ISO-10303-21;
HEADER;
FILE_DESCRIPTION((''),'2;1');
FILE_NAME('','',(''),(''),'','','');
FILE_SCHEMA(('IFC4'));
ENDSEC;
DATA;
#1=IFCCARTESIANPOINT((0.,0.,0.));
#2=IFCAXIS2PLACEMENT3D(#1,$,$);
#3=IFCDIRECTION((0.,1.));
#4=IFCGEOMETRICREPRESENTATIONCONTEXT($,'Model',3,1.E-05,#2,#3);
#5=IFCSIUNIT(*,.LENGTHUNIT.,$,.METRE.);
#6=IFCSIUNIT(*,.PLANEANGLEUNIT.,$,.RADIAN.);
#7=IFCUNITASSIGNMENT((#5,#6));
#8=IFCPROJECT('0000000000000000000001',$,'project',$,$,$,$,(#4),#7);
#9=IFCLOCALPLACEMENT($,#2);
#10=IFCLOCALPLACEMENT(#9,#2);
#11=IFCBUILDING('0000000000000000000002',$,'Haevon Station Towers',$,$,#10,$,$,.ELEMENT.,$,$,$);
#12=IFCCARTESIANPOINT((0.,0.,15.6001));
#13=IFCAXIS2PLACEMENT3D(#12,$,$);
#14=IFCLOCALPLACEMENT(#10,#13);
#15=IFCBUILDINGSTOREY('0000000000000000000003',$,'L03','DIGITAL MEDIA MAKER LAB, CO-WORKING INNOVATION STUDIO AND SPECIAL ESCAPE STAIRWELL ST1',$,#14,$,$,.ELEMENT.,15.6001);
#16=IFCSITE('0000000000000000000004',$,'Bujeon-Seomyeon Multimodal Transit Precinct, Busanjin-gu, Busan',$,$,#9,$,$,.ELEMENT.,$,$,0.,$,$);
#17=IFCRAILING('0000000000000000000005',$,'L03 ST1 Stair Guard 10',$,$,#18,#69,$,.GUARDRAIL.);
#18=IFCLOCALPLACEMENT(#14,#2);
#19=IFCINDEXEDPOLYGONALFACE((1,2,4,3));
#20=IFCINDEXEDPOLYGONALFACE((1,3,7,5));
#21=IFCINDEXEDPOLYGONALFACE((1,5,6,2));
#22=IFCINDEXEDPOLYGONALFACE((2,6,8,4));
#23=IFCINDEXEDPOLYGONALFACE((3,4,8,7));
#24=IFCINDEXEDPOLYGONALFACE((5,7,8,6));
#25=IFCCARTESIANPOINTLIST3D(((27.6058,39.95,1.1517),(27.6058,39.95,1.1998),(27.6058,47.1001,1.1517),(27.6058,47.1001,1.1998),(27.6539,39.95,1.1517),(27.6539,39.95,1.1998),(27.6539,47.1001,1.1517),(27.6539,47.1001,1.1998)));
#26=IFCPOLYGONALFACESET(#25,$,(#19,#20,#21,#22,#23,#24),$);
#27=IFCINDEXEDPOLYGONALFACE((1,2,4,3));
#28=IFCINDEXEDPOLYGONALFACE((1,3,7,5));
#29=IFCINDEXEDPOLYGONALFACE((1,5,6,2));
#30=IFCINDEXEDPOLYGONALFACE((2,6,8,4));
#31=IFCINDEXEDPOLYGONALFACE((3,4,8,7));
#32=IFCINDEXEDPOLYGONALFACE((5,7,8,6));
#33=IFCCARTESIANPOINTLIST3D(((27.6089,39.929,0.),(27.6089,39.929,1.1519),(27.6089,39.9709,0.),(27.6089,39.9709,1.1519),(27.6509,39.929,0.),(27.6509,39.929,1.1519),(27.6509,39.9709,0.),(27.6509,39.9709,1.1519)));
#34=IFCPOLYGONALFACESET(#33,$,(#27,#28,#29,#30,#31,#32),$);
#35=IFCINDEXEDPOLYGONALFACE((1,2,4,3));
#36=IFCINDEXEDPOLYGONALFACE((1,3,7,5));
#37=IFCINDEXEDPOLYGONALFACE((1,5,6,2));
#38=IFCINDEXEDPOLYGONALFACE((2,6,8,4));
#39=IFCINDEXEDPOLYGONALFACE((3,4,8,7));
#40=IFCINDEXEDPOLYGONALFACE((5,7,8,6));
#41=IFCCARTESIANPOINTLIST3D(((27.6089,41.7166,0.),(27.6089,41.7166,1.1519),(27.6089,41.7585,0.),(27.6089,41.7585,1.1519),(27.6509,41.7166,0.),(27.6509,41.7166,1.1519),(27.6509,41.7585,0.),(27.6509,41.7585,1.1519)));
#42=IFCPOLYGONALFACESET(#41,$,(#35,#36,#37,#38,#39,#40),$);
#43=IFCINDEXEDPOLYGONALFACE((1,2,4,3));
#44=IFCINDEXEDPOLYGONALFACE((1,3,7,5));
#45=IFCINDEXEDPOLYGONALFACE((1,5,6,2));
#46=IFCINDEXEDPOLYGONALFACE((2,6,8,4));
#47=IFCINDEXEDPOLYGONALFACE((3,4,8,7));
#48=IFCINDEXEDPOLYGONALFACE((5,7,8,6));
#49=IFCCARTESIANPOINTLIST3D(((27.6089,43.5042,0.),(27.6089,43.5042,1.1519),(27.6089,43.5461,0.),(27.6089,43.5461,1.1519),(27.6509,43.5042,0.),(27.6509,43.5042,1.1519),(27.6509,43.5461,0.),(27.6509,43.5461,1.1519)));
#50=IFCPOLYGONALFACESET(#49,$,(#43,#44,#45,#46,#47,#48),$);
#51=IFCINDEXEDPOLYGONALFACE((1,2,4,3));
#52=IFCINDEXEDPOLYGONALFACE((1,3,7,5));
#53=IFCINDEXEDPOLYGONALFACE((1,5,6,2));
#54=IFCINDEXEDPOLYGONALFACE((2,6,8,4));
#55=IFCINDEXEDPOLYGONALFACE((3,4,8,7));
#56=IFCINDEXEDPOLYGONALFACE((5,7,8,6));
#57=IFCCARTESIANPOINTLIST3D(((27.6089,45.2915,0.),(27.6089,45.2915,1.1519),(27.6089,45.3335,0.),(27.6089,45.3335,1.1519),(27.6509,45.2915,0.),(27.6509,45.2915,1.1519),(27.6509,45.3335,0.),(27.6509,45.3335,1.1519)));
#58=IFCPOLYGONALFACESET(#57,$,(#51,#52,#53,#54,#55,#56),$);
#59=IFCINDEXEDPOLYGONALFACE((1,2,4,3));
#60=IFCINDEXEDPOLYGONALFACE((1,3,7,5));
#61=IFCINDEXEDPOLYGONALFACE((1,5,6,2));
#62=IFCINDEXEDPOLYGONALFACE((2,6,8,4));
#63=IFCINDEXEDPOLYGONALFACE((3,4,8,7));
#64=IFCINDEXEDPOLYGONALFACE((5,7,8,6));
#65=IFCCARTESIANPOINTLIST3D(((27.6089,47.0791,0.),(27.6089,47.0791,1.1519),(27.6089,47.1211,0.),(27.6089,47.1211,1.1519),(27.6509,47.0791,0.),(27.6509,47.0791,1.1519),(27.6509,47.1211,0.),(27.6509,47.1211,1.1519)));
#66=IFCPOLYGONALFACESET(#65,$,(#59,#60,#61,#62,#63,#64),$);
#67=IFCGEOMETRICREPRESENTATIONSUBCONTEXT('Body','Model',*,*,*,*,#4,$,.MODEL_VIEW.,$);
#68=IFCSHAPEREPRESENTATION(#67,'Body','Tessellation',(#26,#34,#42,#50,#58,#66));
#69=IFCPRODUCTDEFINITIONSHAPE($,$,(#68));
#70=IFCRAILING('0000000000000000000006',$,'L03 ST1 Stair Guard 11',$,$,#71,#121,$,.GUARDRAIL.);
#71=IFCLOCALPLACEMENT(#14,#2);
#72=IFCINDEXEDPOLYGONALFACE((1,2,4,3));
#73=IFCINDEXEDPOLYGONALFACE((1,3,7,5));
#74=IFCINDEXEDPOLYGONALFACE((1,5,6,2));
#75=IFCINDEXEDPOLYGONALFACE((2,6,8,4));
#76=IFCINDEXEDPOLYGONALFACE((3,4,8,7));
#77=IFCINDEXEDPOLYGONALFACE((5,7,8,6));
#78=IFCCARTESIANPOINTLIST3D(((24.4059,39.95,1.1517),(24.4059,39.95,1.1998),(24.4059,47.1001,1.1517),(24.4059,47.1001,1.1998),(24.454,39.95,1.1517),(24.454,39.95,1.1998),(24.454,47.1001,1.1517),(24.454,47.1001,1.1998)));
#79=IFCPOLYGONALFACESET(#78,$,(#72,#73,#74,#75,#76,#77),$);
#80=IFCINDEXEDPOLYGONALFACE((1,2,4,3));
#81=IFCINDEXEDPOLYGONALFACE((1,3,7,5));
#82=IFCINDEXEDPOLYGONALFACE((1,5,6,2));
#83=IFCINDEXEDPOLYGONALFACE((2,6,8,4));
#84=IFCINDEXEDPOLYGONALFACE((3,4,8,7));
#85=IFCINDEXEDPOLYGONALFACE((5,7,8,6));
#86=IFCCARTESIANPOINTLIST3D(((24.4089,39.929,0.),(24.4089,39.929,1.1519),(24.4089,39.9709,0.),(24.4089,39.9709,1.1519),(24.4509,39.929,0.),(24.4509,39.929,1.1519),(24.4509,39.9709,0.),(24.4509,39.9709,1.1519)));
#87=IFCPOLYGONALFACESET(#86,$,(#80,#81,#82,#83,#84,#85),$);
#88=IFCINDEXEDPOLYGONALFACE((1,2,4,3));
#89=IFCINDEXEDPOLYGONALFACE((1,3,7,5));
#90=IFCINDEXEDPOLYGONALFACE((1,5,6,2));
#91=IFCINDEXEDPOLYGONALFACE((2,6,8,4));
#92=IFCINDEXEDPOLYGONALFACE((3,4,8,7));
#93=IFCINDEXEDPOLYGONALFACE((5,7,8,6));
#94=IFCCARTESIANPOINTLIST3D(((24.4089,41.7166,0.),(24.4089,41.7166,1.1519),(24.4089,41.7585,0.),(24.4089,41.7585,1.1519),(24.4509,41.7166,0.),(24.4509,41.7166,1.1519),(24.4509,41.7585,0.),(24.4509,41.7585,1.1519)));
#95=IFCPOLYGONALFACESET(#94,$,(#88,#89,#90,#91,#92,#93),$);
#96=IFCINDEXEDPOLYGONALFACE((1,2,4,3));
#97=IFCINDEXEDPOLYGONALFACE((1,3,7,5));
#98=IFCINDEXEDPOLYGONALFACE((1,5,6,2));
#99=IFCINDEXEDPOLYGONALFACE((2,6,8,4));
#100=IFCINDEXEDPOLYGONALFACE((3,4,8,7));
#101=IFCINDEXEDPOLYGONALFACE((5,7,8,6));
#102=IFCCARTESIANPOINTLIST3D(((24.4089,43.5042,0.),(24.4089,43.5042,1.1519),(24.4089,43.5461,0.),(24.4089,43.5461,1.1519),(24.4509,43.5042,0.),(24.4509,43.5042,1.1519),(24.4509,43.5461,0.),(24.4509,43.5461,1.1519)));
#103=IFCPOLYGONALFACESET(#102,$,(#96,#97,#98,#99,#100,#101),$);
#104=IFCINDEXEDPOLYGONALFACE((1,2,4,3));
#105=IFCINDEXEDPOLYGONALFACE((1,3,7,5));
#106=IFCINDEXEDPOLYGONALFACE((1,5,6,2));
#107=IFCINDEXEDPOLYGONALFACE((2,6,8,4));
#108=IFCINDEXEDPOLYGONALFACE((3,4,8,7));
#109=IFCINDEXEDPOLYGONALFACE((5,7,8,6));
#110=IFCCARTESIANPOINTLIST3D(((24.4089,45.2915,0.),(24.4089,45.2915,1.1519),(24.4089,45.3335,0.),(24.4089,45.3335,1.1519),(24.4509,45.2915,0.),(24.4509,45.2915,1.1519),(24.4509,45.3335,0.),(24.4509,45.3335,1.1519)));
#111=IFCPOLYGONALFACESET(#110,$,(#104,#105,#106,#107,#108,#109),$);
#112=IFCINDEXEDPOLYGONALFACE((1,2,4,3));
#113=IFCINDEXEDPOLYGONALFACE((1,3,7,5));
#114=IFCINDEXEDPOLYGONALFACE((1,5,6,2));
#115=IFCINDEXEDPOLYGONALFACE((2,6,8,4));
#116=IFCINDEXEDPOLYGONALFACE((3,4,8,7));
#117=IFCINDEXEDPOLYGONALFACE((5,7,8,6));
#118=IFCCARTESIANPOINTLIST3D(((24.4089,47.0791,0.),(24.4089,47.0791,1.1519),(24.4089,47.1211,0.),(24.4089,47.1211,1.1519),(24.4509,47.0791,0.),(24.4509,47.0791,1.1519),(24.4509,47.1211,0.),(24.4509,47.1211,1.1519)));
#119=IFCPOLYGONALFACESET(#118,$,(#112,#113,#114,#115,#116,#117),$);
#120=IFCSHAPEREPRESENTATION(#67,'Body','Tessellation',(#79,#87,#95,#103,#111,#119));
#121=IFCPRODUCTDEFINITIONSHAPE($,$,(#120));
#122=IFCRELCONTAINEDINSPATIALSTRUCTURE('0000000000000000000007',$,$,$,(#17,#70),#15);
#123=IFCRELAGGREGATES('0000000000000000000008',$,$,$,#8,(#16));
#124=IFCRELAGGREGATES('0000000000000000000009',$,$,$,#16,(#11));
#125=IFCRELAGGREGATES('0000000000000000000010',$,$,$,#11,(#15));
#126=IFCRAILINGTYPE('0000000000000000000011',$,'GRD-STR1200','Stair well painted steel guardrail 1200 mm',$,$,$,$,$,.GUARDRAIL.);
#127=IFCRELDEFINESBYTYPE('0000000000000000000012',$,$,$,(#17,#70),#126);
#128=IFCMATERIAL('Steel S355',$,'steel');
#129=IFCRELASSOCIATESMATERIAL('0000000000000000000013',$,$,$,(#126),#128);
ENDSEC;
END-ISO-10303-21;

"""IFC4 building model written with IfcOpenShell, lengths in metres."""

from ifc_helpers import new_model, si_unit, direction, frame, origin, origin_2d, place, context, subcontext, project, spatial, rectangle, extrude, material, type_object, element, save


model = new_model("IFC4")

# Units and contexts
model_context = context("Model", 3, precision=1e-05, world=origin(), true_north=direction((0.0, 1.0)))
body_context = subcontext(model_context, "Body", "Model", "MODEL_VIEW")
ifc_project = project(units=[si_unit("LENGTHUNIT", "METRE"), si_unit("PLANEANGLEUNIT", "RADIAN")], contexts=[model_context])

# Site, building, storey
site_placement = place(None, origin())
site = spatial("IfcSite", under=ifc_project, at=site_placement, Name="Bujeon-Seomyeon Multimodal Transit Precinct, Busanjin-gu, Busan", CompositionType="ELEMENT", RefElevation=0.0)
building_placement = place(site_placement, origin())
building = spatial("IfcBuilding", under=site, at=building_placement, Name="Haevon Station Towers", CompositionType="ELEMENT")
storey_placement = place(building_placement, frame((0.0, 0.0, 15.6001)))
storey = spatial("IfcBuildingStorey", under=building, at=storey_placement, Name="L03", Description="DIGITAL MEDIA MAKER LAB, CO-WORKING INNOVATION STUDIO AND SPECIAL ESCAPE STAIRWELL ST1", CompositionType="ELEMENT", Elevation=15.6001)

# Shared definitions
ifc_material_1 = material(Name="Steel S355", Category="steel")

# Railings
railing_type = type_object("IfcRailingType", Name="GRD-STR1200", Description="Stair well painted steel guardrail 1200 mm", PredefinedType="GUARDRAIL", material=ifc_material_1)
for number, where, name in (
    (1, (27.6299, 39.95, 0.0), "L03 ST1 Stair Guard 10"),
    (2, (24.4299, 39.95, 0.0), "L03 ST1 Stair Guard 11"),
):
    element("IfcRailing", number, at=place(storey_placement, frame(where)), inside=storey, type_object=railing_type, Name=name, PredefinedType="GUARDRAIL", context=body_context, shape_type="SweptSolid", body=[
        extrude(rectangle(XDim=0.0481, YDim=0.0481, at=origin_2d()), frame((0.0, 0.0, 1.1758), z_axis=(0.0, 1.0, 0.0), x_axis=(-1.0, 0.0, 0.0)), (0.0, 0.0, 1.0), 7.1501),
        extrude(rectangle(XDim=0.042, YDim=0.042, at=origin_2d()), origin(), (0.0, 0.0, 1.0), 1.1519),
        extrude(rectangle(XDim=0.042, YDim=0.042, at=origin_2d()), frame((0.0, 1.7876, 0.0)), (0.0, 0.0, 1.0), 1.1519),
        extrude(rectangle(XDim=0.042, YDim=0.042, at=origin_2d()), frame((0.0, 3.5752, 0.0)), (0.0, 0.0, 1.0), 1.1519),
        extrude(rectangle(XDim=0.042, YDim=0.042, at=origin_2d()), frame((0.0, 5.3625, 0.0)), (0.0, 0.0, 1.0), 1.1519),
        extrude(rectangle(XDim=0.042, YDim=0.042, at=origin_2d()), frame((0.0, 7.1501, 0.0)), (0.0, 0.0, 1.0), 1.1519),
    ])

save(model, "model.ifc")
